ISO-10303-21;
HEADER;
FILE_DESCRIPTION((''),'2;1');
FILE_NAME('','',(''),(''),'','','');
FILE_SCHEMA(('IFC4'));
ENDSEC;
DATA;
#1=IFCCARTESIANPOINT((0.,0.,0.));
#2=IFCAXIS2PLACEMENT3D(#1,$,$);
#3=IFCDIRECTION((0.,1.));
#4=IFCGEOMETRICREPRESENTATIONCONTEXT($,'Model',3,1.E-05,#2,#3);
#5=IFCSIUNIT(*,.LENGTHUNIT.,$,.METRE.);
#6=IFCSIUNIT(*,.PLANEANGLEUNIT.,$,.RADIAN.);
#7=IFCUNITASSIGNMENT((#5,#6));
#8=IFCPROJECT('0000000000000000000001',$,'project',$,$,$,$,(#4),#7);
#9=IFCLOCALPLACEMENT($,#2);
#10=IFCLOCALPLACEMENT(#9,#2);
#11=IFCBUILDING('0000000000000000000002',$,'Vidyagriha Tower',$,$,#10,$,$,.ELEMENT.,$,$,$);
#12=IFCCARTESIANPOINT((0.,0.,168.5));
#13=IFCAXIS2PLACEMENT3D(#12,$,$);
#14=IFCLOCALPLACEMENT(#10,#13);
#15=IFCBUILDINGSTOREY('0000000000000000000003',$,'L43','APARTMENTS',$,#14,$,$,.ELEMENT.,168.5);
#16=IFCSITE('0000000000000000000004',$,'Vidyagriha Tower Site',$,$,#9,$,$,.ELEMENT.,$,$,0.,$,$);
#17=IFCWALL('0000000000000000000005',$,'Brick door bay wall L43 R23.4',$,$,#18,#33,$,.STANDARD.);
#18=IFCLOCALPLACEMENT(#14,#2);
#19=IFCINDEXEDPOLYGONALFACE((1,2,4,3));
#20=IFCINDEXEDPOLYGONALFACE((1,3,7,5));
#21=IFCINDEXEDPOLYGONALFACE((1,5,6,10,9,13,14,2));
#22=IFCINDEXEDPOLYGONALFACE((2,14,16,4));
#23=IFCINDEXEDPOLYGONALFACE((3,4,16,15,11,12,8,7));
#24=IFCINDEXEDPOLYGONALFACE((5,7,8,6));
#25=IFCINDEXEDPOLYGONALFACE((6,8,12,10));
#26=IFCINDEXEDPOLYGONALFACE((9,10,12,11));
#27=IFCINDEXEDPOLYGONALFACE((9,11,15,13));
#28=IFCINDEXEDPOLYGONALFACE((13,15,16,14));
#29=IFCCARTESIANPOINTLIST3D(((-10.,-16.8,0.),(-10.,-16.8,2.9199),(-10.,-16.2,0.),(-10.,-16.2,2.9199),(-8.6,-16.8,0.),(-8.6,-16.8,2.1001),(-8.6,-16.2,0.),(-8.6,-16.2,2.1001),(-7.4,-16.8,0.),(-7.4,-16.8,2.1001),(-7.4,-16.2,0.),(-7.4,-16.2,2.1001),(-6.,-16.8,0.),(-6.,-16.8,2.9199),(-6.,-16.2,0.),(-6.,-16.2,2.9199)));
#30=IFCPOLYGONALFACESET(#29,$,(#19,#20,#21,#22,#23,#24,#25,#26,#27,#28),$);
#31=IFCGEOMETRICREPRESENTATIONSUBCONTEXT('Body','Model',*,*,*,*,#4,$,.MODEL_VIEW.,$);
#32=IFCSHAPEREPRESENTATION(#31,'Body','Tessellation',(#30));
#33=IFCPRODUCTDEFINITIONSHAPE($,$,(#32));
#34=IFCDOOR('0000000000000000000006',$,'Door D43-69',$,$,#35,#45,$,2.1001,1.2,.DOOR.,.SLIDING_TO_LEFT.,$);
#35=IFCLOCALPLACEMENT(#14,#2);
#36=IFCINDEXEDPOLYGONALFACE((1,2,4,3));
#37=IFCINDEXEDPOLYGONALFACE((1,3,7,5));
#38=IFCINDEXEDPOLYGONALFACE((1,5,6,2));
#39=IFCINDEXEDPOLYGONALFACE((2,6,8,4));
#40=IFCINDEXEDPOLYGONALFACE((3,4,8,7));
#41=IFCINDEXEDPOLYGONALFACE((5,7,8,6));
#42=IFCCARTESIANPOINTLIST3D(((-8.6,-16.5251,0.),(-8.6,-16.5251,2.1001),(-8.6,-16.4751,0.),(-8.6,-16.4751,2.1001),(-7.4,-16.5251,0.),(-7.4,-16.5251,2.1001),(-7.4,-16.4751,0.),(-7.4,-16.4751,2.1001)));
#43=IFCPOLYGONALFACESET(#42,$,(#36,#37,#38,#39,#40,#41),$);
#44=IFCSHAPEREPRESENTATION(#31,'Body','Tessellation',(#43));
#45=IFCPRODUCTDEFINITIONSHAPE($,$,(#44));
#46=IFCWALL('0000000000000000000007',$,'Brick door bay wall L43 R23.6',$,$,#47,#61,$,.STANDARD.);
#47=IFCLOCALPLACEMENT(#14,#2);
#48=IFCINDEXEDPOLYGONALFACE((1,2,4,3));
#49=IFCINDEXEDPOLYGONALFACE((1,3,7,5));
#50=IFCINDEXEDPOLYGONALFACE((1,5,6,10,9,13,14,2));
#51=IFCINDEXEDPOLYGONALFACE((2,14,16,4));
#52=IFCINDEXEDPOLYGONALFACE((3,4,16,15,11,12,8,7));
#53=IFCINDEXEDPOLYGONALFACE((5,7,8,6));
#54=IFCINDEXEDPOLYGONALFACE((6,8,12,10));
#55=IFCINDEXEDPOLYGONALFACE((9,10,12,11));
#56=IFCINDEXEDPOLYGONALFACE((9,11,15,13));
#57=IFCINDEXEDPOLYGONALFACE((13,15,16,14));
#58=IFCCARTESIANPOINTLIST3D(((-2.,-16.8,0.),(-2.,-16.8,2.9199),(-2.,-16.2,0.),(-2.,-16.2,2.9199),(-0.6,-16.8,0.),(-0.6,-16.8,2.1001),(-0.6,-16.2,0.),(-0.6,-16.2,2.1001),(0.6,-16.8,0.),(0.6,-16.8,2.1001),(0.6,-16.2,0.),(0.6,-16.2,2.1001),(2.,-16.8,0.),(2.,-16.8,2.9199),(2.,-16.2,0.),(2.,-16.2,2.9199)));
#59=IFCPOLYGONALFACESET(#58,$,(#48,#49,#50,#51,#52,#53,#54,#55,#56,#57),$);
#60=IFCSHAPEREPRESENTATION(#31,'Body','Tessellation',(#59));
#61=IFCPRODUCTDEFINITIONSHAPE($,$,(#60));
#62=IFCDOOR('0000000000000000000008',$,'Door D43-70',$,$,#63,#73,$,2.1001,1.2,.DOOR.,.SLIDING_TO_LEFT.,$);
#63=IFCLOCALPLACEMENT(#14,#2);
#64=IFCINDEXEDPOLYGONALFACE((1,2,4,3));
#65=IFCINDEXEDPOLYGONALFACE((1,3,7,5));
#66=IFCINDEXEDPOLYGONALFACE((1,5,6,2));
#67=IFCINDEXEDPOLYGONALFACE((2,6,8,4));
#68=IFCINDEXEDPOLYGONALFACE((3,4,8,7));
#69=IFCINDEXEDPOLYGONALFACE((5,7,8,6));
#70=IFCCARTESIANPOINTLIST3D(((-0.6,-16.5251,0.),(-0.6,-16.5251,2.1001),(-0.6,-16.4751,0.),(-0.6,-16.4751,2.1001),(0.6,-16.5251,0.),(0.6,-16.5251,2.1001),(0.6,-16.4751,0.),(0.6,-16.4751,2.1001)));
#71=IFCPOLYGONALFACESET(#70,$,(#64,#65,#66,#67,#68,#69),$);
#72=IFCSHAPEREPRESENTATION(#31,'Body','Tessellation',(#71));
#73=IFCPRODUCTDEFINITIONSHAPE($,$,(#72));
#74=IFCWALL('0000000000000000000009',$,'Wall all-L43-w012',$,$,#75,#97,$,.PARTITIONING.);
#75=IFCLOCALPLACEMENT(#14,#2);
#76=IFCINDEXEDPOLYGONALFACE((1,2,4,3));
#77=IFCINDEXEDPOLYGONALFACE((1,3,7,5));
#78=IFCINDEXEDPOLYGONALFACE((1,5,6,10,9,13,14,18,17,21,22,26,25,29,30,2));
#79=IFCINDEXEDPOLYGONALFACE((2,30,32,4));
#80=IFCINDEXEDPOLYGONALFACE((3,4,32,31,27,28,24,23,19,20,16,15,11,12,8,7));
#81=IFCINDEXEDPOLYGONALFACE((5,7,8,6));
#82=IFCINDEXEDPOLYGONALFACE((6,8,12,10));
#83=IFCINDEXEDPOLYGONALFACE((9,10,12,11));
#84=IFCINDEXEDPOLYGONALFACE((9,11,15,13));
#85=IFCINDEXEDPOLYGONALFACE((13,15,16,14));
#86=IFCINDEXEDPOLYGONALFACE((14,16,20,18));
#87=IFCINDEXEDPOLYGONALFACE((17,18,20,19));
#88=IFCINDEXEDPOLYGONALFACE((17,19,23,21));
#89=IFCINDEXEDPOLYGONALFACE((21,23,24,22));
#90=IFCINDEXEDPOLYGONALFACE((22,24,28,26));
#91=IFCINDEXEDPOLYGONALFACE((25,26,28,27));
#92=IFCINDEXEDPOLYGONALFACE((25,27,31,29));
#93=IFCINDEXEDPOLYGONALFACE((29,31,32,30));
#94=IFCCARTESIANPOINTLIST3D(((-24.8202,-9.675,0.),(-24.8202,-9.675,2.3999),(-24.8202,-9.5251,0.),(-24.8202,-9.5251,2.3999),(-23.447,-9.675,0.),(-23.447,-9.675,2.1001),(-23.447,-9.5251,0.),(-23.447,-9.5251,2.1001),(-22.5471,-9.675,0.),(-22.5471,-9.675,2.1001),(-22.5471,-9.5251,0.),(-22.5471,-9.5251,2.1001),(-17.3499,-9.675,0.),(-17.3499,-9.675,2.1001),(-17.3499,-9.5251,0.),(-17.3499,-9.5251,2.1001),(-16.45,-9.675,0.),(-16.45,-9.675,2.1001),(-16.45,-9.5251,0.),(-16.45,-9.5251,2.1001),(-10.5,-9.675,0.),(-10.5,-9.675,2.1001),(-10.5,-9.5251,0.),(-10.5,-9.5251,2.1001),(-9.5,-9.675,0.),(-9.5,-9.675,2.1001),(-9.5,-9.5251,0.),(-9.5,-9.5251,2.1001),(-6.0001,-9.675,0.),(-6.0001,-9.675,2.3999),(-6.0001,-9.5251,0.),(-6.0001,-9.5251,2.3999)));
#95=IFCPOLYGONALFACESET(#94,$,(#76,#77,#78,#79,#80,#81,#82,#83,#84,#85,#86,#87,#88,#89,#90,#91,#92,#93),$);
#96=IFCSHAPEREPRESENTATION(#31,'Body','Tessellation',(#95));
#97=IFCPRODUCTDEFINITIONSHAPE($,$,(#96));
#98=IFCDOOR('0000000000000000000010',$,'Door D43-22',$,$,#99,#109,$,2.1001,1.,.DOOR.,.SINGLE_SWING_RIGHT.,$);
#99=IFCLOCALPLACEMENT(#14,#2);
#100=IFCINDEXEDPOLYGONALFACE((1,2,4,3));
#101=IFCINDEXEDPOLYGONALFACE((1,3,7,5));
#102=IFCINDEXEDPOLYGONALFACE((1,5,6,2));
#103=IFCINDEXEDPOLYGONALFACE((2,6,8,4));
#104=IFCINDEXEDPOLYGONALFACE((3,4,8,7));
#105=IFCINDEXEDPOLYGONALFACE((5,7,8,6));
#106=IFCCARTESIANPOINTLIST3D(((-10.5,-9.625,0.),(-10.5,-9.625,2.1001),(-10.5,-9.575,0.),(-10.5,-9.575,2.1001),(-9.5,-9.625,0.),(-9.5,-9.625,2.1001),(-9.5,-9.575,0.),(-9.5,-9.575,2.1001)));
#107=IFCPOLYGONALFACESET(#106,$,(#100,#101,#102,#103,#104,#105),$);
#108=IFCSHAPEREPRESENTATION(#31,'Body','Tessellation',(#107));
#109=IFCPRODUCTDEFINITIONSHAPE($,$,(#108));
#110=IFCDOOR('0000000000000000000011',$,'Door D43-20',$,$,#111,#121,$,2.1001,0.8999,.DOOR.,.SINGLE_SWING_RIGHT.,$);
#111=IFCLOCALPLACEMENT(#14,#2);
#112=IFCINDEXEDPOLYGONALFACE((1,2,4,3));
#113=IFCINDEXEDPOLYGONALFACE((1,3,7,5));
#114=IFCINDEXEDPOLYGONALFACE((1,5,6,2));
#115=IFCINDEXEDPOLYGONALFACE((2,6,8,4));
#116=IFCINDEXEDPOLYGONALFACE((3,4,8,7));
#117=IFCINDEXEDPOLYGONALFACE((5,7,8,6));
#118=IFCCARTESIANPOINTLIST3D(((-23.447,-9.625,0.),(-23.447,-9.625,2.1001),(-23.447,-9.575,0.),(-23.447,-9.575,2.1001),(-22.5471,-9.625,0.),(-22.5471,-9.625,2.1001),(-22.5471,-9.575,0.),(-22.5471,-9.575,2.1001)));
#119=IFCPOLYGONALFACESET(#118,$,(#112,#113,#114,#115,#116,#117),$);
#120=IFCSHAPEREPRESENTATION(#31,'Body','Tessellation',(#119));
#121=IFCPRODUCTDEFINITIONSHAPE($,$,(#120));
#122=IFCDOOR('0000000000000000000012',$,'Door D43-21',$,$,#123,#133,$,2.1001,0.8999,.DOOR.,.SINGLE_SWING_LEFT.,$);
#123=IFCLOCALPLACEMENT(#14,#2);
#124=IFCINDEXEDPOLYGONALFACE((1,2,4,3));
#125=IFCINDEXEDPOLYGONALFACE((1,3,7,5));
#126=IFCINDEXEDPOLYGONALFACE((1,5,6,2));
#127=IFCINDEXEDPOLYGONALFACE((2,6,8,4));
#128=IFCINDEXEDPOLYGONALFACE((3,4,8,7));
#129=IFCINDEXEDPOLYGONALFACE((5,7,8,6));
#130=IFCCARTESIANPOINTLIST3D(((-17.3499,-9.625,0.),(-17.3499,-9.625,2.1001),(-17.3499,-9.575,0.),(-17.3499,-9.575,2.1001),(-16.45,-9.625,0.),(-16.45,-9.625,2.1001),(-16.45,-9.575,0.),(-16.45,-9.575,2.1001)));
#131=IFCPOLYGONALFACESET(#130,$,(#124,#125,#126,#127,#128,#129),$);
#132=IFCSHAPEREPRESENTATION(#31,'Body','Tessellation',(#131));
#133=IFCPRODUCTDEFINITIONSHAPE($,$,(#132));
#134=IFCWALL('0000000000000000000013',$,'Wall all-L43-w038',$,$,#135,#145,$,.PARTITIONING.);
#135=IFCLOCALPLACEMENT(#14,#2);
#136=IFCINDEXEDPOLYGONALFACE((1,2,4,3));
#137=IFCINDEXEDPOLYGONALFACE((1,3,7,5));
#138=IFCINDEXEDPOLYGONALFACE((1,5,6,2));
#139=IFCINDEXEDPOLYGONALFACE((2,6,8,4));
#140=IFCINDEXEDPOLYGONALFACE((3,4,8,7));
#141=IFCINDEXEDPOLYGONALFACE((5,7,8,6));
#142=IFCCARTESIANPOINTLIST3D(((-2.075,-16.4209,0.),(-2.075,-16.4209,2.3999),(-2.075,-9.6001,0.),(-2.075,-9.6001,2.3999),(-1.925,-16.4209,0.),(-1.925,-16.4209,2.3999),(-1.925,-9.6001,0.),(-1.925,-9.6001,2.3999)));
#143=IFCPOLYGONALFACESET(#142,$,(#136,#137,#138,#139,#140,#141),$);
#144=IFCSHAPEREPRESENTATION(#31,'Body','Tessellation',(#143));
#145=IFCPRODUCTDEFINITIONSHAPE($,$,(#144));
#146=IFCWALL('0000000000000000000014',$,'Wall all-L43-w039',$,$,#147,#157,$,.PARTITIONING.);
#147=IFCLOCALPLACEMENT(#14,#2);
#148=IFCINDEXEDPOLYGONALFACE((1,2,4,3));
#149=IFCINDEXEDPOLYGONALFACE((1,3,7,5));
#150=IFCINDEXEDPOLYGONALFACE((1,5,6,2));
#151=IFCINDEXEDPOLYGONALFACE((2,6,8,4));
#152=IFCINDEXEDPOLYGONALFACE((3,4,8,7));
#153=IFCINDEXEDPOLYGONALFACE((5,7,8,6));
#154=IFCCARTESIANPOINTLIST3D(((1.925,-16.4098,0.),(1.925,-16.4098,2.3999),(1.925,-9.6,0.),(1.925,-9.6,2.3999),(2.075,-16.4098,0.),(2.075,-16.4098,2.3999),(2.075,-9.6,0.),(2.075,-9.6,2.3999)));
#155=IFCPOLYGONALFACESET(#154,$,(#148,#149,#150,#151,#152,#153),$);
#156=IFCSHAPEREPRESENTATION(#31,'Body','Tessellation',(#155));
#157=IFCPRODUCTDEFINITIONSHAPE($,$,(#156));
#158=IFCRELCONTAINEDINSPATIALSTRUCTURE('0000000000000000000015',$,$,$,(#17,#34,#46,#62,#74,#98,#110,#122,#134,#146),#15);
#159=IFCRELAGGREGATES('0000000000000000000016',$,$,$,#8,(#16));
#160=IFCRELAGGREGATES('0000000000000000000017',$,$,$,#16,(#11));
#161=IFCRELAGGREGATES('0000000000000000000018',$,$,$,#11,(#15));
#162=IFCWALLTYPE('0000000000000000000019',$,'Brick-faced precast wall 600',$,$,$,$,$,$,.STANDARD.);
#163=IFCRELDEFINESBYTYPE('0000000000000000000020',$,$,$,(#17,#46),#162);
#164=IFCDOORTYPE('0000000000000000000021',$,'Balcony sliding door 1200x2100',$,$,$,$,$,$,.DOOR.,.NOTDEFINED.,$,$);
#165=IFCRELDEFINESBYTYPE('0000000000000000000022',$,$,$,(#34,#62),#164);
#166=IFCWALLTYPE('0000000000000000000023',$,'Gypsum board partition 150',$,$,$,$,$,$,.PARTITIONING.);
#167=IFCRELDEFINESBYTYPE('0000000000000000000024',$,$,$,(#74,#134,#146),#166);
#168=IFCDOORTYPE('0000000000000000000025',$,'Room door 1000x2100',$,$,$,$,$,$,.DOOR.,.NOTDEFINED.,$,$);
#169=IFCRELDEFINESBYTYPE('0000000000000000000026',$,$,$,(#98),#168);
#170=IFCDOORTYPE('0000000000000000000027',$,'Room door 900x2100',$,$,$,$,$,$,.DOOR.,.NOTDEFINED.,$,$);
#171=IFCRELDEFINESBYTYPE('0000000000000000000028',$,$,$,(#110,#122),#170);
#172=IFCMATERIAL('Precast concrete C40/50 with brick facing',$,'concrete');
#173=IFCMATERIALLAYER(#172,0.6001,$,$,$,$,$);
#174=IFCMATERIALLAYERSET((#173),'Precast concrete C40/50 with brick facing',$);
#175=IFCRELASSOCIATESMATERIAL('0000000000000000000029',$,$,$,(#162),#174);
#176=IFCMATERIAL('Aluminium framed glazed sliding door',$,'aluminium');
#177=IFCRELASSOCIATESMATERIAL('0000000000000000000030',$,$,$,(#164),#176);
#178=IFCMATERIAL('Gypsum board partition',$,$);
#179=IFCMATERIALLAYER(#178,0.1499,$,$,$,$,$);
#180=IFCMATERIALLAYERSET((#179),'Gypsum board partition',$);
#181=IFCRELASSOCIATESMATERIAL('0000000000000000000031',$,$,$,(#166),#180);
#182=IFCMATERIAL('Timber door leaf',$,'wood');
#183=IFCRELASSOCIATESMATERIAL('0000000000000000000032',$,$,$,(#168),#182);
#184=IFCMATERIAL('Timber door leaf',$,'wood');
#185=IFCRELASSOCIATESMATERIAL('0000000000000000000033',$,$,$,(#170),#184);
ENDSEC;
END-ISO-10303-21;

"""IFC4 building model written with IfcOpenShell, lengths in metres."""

from ifc_helpers import new_model, si_unit, direction, frame, frame_2d, origin, place, context, subcontext, project, spatial, rectangle, extrude, material, layer, layer_set, type_object, element, fill, save


model = new_model("IFC4")

# Units and contexts
model_context = context("Model", 3, precision=1e-05, world=origin(), true_north=direction((0.0, 1.0)))
body_context = subcontext(model_context, "Body", "Model", "MODEL_VIEW")
ifc_project = project(units=[si_unit("LENGTHUNIT", "METRE"), si_unit("PLANEANGLEUNIT", "RADIAN")], contexts=[model_context])

# Site, building, storey
site_placement = place(None, origin())
site = spatial("IfcSite", under=ifc_project, at=site_placement, Name="Vidyagriha Tower Site", CompositionType="ELEMENT", RefElevation=0.0)
building_placement = place(site_placement, origin())
building = spatial("IfcBuilding", under=site, at=building_placement, Name="Vidyagriha Tower", CompositionType="ELEMENT")
storey_placement = place(building_placement, frame((0.0, 0.0, 168.5)))
storey = spatial("IfcBuildingStorey", under=building, at=storey_placement, Name="L43", Description="APARTMENTS", CompositionType="ELEMENT", Elevation=168.5)

# Walls, openings, doors
ifc_material_1 = material(Name="Precast concrete C40/50 with brick facing", Category="concrete")
ifc_layer_1 = layer(ifc_material_1, 0.6001)
ifc_layer_set_1 = layer_set([ifc_layer_1], Name="Precast concrete C40/50 with brick facing")
wall_type_1 = type_object("IfcWallType", Name="Brick-faced precast wall 600", PredefinedType="STANDARD", material=ifc_layer_set_1)
wall_1_placement = place(storey_placement, frame((-10.0, -16.5, 0.0)))
wall_1 = element("IfcWall", 1, at=wall_1_placement, inside=storey, type_object=wall_type_1, Name="Brick door bay wall L43 R23.4", PredefinedType="STANDARD", context=body_context, shape_type="SweptSolid", body=[
    extrude(rectangle(XDim=4.0, YDim=0.6001, at=frame_2d((2.0, 0.0))), origin(), (0.0, 0.0, 1.0), 2.9199),
])
opening_1_placement = place(wall_1_placement, frame((1.3999, 0.0, 0.0)))
opening_1 = element("IfcOpeningElement", 2, at=opening_1_placement, cuts=wall_1, PredefinedType="OPENING", context=body_context, shape_type="SweptSolid", body=[
    extrude(rectangle(XDim=1.2, YDim=2.1001, at=frame_2d((0.6001, 1.05))), frame((0.0, 0.3101, 0.0), z_axis=(0.0, -1.0, 0.0), x_axis=(1.0, 0.0, 0.0)), (0.0, 0.0, 1.0), 0.6201),
])
ifc_material_2 = material(Name="Aluminium framed glazed sliding door", Category="aluminium")
door_type_1 = type_object("IfcDoorType", Name="Balcony sliding door 1200x2100", OperationType="NOTDEFINED", PredefinedType="DOOR", material=ifc_material_2)
door_1_placement = place(opening_1_placement, origin())
door_1 = element("IfcDoor", 3, at=door_1_placement, inside=storey, type_object=door_type_1, Name="Door D43-69", OperationType="SLIDING_TO_LEFT", OverallHeight=2.1001, OverallWidth=1.2, PredefinedType="DOOR", context=body_context, shape_type="SweptSolid", body=[
    extrude(rectangle(XDim=1.2, YDim=2.1001, at=frame_2d((0.6001, 1.05))), frame((0.0, 0.0249, 0.0), z_axis=(0.0, -1.0, 0.0), x_axis=(1.0, 0.0, 0.0)), (0.0, 0.0, 1.0), 0.05),
])
fill(opening_1, door_1)
wall_2_placement = place(storey_placement, frame((-2.0, -16.5, 0.0)))
wall_2 = element("IfcWall", 4, at=wall_2_placement, inside=storey, type_object=wall_type_1, Name="Brick door bay wall L43 R23.6", PredefinedType="STANDARD", context=body_context, shape_type="SweptSolid", body=[
    extrude(rectangle(XDim=4.0, YDim=0.6001, at=frame_2d((2.0, 0.0))), origin(), (0.0, 0.0, 1.0), 2.9199),
])
opening_2_placement = place(wall_2_placement, frame((1.3999, 0.0, 0.0)))
opening_2 = element("IfcOpeningElement", 5, at=opening_2_placement, cuts=wall_2, PredefinedType="OPENING", context=body_context, shape_type="SweptSolid", body=[
    extrude(rectangle(XDim=1.2, YDim=2.1001, at=frame_2d((0.6001, 1.05))), frame((0.0, 0.3101, 0.0), z_axis=(0.0, -1.0, 0.0), x_axis=(1.0, 0.0, 0.0)), (0.0, 0.0, 1.0), 0.6201),
])
door_2_placement = place(opening_2_placement, origin())
door_2 = element("IfcDoor", 6, at=door_2_placement, inside=storey, type_object=door_type_1, Name="Door D43-70", OperationType="SLIDING_TO_LEFT", OverallHeight=2.1001, OverallWidth=1.2, PredefinedType="DOOR", context=body_context, shape_type="SweptSolid", body=[
    extrude(rectangle(XDim=1.2, YDim=2.1001, at=frame_2d((0.6001, 1.05))), frame((0.0, 0.0249, 0.0), z_axis=(0.0, -1.0, 0.0), x_axis=(1.0, 0.0, 0.0)), (0.0, 0.0, 1.0), 0.05),
])
fill(opening_2, door_2)

# Wall, openings, doors
ifc_material_3 = material(Name="Gypsum board partition")
ifc_layer_2 = layer(ifc_material_3, 0.1499)
ifc_layer_set_2 = layer_set([ifc_layer_2], Name="Gypsum board partition")
wall_type_2 = type_object("IfcWallType", Name="Gypsum board partition 150", PredefinedType="PARTITIONING", material=ifc_layer_set_2)
wall_3_placement = place(storey_placement, frame((-6.0, -9.6001, 0.0), z_axis=(0.0, 0.0, 1.0), x_axis=(-1.0, 0.0, 0.0)))
wall_3 = element("IfcWall", 7, at=wall_3_placement, inside=storey, type_object=wall_type_2, Name="Wall all-L43-w012", PredefinedType="PARTITIONING", context=body_context, shape_type="SweptSolid", body=[
    extrude(rectangle(XDim=18.8201, YDim=0.1499, at=frame_2d((9.4102, 0.0))), origin(), (0.0, 0.0, 1.0), 2.3999),
])
opening_3_placement = place(wall_3_placement, frame((16.5471, 0.0, 0.0)))
opening_3 = element("IfcOpeningElement", 8, at=opening_3_placement, cuts=wall_3, PredefinedType="OPENING", context=body_context, shape_type="SweptSolid", body=[
    extrude(rectangle(XDim=0.8999, YDim=2.1001, at=frame_2d((0.45, 1.05))), frame((0.0, 0.085, 0.0), z_axis=(0.0, -1.0, 0.0), x_axis=(1.0, 0.0, 0.0)), (0.0, 0.0, 1.0), 0.1699),
])
opening_4_placement = place(wall_3_placement, frame((10.45, 0.0, 0.0)))
opening_4 = element("IfcOpeningElement", 9, at=opening_4_placement, cuts=wall_3, PredefinedType="OPENING", context=body_context, shape_type="SweptSolid", body=[
    extrude(rectangle(XDim=0.8999, YDim=2.1001, at=frame_2d((0.45, 1.05))), frame((0.0, 0.085, 0.0), z_axis=(0.0, -1.0, 0.0), x_axis=(1.0, 0.0, 0.0)), (0.0, 0.0, 1.0), 0.1699),
])
opening_5_placement = place(wall_3_placement, frame((3.5, 0.0, 0.0)))
opening_5 = element("IfcOpeningElement", 10, at=opening_5_placement, cuts=wall_3, PredefinedType="OPENING", context=body_context, shape_type="SweptSolid", body=[
    extrude(rectangle(XDim=1.0, YDim=2.1001, at=frame_2d((0.5, 1.05))), frame((0.0, 0.085, 0.0), z_axis=(0.0, -1.0, 0.0), x_axis=(1.0, 0.0, 0.0)), (0.0, 0.0, 1.0), 0.1699),
])
ifc_material_4 = material(Name="Timber door leaf", Category="wood")
door_type_2 = type_object("IfcDoorType", Name="Room door 1000x2100", OperationType="NOTDEFINED", PredefinedType="DOOR", material=ifc_material_4)
door_3_placement = place(opening_5_placement, origin())
door_3 = element("IfcDoor", 11, at=door_3_placement, inside=storey, type_object=door_type_2, Name="Door D43-22", OperationType="SINGLE_SWING_RIGHT", OverallHeight=2.1001, OverallWidth=1.0, PredefinedType="DOOR", context=body_context, shape_type="SweptSolid", body=[
    extrude(rectangle(XDim=1.0, YDim=2.1001, at=frame_2d((0.5, 1.05))), frame((0.0, 0.0249, 0.0), z_axis=(0.0, -1.0, 0.0), x_axis=(1.0, 0.0, 0.0)), (0.0, 0.0, 1.0), 0.05),
])
fill(opening_5, door_3)
ifc_material_5 = material(Name="Timber door leaf", Category="wood")
door_type_3 = type_object("IfcDoorType", Name="Room door 900x2100", OperationType="NOTDEFINED", PredefinedType="DOOR", material=ifc_material_5)
door_4_placement = place(opening_3_placement, origin())
door_4 = element("IfcDoor", 12, at=door_4_placement, inside=storey, type_object=door_type_3, Name="Door D43-20", OperationType="SINGLE_SWING_RIGHT", OverallHeight=2.1001, OverallWidth=0.8999, PredefinedType="DOOR", context=body_context, shape_type="SweptSolid", body=[
    extrude(rectangle(XDim=0.8999, YDim=2.1001, at=frame_2d((0.45, 1.05))), frame((0.0, 0.0249, 0.0), z_axis=(0.0, -1.0, 0.0), x_axis=(1.0, 0.0, 0.0)), (0.0, 0.0, 1.0), 0.05),
])
fill(opening_3, door_4)
door_5_placement = place(opening_4_placement, origin())
door_5 = element("IfcDoor", 13, at=door_5_placement, inside=storey, type_object=door_type_3, Name="Door D43-21", OperationType="SINGLE_SWING_LEFT", OverallHeight=2.1001, OverallWidth=0.8999, PredefinedType="DOOR", context=body_context, shape_type="SweptSolid", body=[
    extrude(rectangle(XDim=0.8999, YDim=2.1001, at=frame_2d((0.45, 1.05))), frame((0.0, 0.0249, 0.0), z_axis=(0.0, -1.0, 0.0), x_axis=(1.0, 0.0, 0.0)), (0.0, 0.0, 1.0), 0.05),
])
fill(opening_4, door_5)

# Walls
wall_4_placement = place(storey_placement, frame((-2.0, -9.6001, 0.0), z_axis=(0.0, 0.0, 1.0), x_axis=(0.0, -1.0, 0.0)))
element("IfcWall", 14, at=wall_4_placement, inside=storey, type_object=wall_type_2, Name="Wall all-L43-w038", PredefinedType="PARTITIONING", context=body_context, shape_type="SweptSolid", body=[
    extrude(rectangle(XDim=6.8208, YDim=0.1499, at=frame_2d((3.4104, 0.0))), origin(), (0.0, 0.0, 1.0), 2.3999),
])
wall_5_placement = place(storey_placement, frame((2.0, -9.6001, 0.0), z_axis=(0.0, 0.0, 1.0), x_axis=(0.0, -1.0, 0.0)))
element("IfcWall", 15, at=wall_5_placement, inside=storey, type_object=wall_type_2, Name="Wall all-L43-w039", PredefinedType="PARTITIONING", context=body_context, shape_type="SweptSolid", body=[
    extrude(rectangle(XDim=6.8098, YDim=0.1499, at=frame_2d((3.4048, 0.0))), origin(), (0.0, 0.0, 1.0), 2.3999),
])

save(model, "model.ifc")
